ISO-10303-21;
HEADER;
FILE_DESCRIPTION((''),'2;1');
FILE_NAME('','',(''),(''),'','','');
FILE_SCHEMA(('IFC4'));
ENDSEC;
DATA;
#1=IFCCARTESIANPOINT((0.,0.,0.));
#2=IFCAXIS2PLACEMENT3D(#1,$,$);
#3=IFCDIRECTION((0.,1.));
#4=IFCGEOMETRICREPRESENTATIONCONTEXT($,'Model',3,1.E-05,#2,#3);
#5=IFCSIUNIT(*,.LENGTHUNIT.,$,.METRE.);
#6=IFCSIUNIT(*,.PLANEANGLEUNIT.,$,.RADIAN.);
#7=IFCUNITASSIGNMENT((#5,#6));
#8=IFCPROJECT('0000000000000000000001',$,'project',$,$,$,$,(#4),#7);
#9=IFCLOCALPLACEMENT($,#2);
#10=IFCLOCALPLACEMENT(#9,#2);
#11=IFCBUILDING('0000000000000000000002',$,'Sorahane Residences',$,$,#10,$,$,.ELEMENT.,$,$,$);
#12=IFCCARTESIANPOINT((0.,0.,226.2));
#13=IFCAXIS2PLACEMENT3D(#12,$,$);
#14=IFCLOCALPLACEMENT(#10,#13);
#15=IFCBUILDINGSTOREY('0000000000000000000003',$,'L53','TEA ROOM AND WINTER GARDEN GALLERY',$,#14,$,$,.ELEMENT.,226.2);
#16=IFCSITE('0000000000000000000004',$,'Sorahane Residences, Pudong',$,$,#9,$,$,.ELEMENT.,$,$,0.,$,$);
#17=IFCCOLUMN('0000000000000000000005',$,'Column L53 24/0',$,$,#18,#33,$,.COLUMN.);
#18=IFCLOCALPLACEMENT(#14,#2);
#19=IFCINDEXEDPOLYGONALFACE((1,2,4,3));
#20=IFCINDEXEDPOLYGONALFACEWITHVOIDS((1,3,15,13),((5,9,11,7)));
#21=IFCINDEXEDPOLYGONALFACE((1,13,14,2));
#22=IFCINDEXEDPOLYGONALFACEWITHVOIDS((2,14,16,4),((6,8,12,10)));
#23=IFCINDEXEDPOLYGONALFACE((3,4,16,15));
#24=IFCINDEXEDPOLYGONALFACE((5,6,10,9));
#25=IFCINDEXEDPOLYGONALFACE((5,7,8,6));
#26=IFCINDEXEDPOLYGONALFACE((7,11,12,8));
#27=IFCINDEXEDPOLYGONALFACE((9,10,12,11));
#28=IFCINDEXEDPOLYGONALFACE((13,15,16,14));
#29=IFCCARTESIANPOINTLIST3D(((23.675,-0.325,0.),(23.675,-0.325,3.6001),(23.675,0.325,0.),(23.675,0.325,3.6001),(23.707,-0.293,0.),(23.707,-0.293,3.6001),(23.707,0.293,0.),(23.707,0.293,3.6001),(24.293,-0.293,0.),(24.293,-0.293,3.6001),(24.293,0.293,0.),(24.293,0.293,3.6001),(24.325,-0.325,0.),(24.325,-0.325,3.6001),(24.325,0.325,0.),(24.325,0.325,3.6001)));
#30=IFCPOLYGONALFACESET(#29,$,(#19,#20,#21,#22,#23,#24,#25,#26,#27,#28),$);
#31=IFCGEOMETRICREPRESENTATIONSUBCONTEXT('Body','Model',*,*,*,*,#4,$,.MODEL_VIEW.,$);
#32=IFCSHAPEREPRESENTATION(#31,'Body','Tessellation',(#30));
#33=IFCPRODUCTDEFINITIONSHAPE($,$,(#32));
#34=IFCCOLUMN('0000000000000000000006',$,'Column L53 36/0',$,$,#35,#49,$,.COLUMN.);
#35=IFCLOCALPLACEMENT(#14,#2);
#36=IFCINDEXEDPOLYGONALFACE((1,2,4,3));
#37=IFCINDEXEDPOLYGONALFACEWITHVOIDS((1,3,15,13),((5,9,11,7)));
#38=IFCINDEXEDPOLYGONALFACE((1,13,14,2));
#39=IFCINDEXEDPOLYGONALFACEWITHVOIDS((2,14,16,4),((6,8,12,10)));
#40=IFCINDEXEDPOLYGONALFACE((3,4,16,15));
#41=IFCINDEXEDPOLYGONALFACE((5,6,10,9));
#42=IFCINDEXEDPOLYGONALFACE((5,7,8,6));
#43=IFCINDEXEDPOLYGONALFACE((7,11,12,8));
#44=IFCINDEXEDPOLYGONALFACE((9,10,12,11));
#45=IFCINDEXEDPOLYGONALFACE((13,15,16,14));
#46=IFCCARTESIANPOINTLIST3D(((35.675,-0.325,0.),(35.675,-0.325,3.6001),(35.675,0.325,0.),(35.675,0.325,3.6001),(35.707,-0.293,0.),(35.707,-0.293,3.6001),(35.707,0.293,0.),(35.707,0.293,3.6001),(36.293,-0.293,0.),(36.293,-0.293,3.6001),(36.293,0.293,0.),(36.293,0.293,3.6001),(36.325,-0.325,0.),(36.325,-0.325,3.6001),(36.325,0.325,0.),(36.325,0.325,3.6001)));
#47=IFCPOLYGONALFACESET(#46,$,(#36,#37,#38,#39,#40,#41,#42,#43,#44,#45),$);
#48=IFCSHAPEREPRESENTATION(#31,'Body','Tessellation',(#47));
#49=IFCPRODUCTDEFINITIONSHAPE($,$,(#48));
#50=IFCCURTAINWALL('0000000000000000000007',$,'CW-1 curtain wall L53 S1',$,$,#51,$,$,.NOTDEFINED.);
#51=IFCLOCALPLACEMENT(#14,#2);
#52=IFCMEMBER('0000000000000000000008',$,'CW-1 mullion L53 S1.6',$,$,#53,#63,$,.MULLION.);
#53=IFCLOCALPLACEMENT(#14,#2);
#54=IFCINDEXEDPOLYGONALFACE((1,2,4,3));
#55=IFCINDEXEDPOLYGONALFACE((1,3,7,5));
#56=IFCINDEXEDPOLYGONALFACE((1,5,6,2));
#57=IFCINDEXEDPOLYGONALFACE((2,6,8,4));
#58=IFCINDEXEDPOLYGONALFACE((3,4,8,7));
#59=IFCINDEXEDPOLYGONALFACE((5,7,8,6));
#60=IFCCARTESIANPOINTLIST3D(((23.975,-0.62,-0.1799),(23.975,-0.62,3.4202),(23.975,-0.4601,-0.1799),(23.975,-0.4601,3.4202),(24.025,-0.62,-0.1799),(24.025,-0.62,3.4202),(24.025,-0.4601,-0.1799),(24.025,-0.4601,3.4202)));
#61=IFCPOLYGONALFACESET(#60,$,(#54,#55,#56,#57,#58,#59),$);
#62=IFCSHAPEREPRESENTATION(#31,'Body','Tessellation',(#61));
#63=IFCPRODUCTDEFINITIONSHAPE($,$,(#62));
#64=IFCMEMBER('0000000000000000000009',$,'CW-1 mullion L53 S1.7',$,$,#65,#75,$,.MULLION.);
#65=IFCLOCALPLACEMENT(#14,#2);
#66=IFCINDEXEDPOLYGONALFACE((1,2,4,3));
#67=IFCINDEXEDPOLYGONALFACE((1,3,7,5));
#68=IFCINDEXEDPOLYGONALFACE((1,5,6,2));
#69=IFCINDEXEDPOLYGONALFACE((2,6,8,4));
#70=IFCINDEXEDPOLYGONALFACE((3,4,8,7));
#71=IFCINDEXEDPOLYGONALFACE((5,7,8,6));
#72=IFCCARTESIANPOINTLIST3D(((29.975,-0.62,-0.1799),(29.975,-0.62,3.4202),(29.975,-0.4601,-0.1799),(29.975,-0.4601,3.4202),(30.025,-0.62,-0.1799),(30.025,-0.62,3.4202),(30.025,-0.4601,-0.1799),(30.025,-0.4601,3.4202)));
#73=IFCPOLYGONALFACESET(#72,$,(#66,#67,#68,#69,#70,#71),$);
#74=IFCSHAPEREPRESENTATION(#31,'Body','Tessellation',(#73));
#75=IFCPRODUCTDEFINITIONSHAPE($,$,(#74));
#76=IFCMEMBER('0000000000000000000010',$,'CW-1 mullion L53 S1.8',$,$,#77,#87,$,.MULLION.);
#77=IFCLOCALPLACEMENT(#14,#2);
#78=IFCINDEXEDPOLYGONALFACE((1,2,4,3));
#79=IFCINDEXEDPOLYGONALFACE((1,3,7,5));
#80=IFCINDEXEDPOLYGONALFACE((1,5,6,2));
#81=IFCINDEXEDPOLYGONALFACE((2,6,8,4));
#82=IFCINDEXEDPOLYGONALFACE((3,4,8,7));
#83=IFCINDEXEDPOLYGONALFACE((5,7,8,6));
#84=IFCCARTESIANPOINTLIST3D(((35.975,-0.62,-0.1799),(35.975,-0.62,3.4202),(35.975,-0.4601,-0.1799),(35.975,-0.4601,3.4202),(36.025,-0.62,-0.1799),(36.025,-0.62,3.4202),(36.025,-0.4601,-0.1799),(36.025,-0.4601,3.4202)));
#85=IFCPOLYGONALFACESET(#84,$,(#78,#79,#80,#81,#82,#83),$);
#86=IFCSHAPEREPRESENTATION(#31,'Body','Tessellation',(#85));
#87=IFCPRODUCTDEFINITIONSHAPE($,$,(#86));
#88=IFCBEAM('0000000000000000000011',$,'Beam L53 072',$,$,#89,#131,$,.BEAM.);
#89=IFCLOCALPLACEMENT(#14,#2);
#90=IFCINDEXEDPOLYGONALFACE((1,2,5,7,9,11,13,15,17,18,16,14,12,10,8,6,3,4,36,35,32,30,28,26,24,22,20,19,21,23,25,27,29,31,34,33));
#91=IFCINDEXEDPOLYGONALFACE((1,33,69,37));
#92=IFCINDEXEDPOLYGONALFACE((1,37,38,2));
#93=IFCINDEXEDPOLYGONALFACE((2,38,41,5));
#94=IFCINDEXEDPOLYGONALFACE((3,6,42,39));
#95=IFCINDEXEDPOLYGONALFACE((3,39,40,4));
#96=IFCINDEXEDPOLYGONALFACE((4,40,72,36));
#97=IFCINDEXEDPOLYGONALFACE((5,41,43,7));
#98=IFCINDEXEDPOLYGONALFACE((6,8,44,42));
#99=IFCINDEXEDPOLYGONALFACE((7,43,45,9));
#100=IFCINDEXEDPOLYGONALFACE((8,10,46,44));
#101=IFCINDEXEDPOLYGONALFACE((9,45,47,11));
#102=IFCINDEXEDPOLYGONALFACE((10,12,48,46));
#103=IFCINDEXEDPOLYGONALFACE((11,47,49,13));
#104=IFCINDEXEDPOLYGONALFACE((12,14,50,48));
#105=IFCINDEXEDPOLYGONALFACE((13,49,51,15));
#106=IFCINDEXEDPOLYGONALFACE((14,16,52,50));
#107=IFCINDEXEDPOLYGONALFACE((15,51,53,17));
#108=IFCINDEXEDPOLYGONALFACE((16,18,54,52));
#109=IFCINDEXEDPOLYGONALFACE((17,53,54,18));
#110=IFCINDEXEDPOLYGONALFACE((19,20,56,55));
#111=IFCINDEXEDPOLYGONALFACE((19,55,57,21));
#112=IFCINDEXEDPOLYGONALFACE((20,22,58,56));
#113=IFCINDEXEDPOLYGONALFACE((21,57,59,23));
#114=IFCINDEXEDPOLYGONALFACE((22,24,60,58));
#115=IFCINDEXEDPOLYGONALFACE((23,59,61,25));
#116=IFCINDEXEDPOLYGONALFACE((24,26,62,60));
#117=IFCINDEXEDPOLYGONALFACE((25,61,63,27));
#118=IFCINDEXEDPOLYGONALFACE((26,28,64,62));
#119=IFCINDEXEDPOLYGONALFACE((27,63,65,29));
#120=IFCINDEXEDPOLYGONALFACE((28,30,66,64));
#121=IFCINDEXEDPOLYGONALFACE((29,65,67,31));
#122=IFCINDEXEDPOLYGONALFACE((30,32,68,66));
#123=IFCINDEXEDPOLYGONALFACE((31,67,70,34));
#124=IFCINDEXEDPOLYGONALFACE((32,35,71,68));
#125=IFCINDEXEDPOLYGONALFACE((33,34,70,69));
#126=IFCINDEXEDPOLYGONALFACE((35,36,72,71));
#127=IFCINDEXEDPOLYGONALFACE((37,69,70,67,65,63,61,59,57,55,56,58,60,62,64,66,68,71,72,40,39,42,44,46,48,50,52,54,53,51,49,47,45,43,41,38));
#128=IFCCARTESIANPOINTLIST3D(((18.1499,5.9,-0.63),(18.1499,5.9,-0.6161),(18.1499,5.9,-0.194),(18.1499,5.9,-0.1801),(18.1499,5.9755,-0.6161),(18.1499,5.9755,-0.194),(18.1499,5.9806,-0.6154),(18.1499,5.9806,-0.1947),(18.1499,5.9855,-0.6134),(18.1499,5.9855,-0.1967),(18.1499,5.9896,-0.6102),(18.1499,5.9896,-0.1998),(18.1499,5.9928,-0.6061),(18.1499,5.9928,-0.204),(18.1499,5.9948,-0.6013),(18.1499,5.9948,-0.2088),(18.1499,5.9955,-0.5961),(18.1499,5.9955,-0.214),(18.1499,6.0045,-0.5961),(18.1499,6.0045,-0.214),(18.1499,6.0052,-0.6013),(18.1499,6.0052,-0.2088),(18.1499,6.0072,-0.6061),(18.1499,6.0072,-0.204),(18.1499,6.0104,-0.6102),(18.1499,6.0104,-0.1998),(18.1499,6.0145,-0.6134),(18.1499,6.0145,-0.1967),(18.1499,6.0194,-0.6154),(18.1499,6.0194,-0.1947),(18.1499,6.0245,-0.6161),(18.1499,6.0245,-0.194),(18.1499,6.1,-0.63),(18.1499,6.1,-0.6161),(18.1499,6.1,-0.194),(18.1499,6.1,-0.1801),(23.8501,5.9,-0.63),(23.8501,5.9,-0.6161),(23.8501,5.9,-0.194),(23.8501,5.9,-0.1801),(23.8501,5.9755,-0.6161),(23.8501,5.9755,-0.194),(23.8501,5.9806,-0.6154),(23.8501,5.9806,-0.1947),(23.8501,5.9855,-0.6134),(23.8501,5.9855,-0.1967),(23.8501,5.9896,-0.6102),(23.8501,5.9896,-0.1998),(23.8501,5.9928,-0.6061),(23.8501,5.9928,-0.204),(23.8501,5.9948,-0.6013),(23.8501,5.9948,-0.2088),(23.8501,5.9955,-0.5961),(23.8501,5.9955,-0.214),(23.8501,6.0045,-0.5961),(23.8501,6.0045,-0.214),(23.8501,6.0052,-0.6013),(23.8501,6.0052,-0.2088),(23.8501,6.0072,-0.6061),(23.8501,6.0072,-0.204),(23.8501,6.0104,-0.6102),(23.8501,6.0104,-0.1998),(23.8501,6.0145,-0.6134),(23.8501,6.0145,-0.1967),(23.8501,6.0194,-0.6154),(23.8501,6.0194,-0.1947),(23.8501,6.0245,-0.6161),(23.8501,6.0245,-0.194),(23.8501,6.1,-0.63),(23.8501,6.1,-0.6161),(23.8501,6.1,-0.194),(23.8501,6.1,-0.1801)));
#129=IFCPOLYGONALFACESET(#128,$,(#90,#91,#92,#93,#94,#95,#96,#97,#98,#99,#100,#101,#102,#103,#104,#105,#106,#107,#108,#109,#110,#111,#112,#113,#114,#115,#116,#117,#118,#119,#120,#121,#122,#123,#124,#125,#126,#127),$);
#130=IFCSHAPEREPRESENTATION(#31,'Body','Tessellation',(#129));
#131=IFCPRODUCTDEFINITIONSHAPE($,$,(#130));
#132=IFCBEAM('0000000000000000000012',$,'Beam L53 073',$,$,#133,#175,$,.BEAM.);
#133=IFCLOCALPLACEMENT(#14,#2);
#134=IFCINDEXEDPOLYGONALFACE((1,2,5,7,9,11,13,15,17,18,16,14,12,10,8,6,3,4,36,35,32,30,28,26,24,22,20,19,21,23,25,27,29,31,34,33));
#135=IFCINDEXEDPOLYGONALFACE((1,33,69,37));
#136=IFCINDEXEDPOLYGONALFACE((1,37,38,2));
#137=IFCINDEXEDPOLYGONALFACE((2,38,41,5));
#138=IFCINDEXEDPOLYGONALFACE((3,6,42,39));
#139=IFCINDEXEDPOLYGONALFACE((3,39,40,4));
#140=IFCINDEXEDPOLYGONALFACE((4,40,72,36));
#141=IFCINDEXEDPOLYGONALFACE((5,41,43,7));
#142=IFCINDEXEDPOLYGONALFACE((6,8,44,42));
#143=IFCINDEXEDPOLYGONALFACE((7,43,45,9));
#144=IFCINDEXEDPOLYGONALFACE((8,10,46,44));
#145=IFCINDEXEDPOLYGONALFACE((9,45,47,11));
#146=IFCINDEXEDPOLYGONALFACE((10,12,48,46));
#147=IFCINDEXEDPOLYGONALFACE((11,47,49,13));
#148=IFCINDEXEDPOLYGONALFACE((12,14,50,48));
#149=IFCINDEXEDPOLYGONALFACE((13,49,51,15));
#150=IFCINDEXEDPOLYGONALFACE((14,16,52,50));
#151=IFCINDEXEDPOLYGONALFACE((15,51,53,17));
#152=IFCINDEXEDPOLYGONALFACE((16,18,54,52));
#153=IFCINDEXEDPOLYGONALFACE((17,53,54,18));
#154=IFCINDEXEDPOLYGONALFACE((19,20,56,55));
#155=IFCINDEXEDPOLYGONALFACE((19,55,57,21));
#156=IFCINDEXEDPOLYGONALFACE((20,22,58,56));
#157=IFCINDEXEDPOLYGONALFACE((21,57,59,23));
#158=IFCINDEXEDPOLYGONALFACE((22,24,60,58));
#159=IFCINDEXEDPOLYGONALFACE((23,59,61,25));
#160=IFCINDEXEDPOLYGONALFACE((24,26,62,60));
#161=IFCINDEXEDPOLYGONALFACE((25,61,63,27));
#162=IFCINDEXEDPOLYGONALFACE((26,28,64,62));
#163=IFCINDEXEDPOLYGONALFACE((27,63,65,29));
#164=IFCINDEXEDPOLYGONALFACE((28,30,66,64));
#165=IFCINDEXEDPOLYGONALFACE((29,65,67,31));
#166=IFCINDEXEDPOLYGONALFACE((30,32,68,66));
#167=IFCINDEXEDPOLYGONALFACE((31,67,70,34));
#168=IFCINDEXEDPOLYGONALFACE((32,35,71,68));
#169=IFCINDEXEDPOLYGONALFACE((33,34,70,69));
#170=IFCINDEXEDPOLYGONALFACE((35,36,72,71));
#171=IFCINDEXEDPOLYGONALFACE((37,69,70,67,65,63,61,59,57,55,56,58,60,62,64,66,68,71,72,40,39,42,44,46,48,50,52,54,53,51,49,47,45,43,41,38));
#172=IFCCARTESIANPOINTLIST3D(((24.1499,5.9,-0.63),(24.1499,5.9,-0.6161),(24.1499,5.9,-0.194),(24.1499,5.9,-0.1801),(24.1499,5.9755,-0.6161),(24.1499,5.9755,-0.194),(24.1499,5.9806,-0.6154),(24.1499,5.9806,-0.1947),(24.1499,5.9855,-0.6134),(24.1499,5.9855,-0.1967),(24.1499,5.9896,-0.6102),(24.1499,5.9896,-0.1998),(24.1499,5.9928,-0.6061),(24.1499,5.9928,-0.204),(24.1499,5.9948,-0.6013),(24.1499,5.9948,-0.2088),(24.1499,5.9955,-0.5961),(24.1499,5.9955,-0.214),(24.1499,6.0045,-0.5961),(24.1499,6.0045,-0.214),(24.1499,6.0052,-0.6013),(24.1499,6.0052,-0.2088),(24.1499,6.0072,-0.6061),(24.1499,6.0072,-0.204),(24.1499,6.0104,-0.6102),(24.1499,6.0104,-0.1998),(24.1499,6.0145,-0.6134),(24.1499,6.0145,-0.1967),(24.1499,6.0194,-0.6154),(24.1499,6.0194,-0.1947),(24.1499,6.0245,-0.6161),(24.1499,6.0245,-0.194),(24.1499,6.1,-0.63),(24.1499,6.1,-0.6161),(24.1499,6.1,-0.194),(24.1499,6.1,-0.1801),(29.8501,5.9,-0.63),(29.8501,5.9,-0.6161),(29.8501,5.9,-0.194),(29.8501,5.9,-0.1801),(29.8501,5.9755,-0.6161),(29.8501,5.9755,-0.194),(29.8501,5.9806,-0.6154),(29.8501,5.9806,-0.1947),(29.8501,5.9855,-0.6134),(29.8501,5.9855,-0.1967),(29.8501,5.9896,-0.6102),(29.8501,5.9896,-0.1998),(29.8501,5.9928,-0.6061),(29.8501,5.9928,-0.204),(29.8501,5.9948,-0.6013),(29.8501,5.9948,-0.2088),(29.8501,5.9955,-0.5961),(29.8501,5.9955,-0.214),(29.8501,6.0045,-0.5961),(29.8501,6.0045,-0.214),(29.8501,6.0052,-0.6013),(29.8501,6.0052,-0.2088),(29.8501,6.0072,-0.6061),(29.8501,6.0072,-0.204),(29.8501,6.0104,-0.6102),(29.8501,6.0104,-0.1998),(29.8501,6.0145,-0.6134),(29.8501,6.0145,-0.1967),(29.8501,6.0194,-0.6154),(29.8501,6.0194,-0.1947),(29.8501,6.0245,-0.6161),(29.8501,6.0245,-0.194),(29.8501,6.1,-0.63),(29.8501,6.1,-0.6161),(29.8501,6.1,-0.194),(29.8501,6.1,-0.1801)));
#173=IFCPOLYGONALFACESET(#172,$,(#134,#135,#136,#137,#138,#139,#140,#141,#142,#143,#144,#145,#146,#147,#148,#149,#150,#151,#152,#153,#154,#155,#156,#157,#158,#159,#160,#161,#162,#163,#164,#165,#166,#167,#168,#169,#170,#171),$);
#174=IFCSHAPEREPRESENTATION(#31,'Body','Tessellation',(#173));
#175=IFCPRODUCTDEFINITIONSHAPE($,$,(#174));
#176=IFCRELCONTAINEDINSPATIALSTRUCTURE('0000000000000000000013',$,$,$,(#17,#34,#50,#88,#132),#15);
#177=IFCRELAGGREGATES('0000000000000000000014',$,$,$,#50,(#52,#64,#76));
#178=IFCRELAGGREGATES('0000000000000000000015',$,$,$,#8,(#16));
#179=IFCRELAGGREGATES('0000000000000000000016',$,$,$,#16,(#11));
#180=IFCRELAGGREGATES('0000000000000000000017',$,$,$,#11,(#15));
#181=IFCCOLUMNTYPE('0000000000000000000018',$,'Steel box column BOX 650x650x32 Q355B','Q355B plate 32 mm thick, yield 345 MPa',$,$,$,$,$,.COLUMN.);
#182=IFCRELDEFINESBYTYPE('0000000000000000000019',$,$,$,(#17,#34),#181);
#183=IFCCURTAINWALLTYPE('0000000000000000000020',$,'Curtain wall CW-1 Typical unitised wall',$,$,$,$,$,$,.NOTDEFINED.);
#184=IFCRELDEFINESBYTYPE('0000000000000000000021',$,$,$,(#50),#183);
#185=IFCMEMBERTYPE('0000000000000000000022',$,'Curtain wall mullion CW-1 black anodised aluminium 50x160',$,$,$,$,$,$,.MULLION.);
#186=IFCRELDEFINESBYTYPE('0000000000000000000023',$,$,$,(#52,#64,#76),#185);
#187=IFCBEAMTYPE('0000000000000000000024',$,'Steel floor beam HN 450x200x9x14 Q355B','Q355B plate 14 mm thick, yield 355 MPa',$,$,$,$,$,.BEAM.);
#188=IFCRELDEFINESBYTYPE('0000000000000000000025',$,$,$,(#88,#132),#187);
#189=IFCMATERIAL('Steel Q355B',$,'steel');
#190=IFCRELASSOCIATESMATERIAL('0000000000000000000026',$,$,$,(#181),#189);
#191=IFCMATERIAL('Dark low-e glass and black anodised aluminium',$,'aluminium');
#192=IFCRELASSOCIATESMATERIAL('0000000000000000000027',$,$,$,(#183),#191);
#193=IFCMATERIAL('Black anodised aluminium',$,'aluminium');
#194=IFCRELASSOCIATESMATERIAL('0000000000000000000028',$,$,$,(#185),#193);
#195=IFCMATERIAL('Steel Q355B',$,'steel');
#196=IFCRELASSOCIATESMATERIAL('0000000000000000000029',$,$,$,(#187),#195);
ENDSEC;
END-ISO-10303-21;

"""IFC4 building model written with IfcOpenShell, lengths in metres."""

from ifc_helpers import new_model, si_unit, direction, frame, origin, origin_2d, place, context, subcontext, project, spatial, rectangle, hollow_rectangle, i_section, extrude, material, material_profile, profile_set, type_object, element, aggregate, save


model = new_model("IFC4")

# Units and contexts
model_context = context("Model", 3, precision=1e-05, world=origin(), true_north=direction((0.0, 1.0)))
body_context = subcontext(model_context, "Body", "Model", "MODEL_VIEW")
ifc_project = project(units=[si_unit("LENGTHUNIT", "METRE"), si_unit("PLANEANGLEUNIT", "RADIAN")], contexts=[model_context])

# Site, building, storey
site_placement = place(None, origin())
site = spatial("IfcSite", under=ifc_project, at=site_placement, Name="Sorahane Residences, Pudong", CompositionType="ELEMENT", RefElevation=0.0)
building_placement = place(site_placement, origin())
building = spatial("IfcBuilding", under=site, at=building_placement, Name="Sorahane Residences", CompositionType="ELEMENT")
storey_placement = place(building_placement, frame((0.0, 0.0, 226.2)))
storey = spatial("IfcBuildingStorey", under=building, at=storey_placement, Name="L53", Description="TEA ROOM AND WINTER GARDEN GALLERY", CompositionType="ELEMENT", Elevation=226.2)

# Columns
ifc_material_1 = material(Name="Steel Q355B", Category="steel")
ifc_material_profile_1 = material_profile(ifc_material_1, hollow_rectangle(XDim=0.6499, YDim=0.6499, WallThickness=0.032, at=origin_2d()), Name="BOX 650x650x32")
ifc_profile_set_1 = profile_set([ifc_material_profile_1], Name="Steel Q355B")
column_type = type_object("IfcColumnType", Name="Steel box column BOX 650x650x32 Q355B", Description="Q355B plate 32 mm thick, yield 345 MPa", PredefinedType="COLUMN", material=ifc_profile_set_1)
for number, where, z_axis, x_axis, name in (
    (1, (24.0, 0.0, 0.0), (0.0, 0.0, 1.0), (1.0, 0.0, 0.0), "Column L53 24/0"),
    (2, (36.0, 0.0, 0.0), (0.0, 0.0, 1.0), (1.0, 0.0, 0.0), "Column L53 36/0"),
):
    element("IfcColumn", number, at=place(storey_placement, frame(where, z_axis=z_axis, x_axis=x_axis)), inside=storey, type_object=column_type, Name=name, PredefinedType="COLUMN", context=body_context, shape_type="SweptSolid", body=[
        extrude(hollow_rectangle(XDim=0.6499, YDim=0.6499, WallThickness=0.032, at=origin_2d()), origin(), (0.0, 0.0, 1.0), 3.6001),
    ])

# Curtain wall, members
ifc_material_2 = material(Name="Dark low-e glass and black anodised aluminium", Category="aluminium")
curtain_wall_type = type_object("IfcCurtainWallType", Name="Curtain wall CW-1 Typical unitised wall", PredefinedType="NOTDEFINED", material=ifc_material_2)
curtain_wall_placement = place(storey_placement, origin())
curtain_wall = element("IfcCurtainWall", 3, at=curtain_wall_placement, inside=storey, type_object=curtain_wall_type, Name="CW-1 curtain wall L53 S1", PredefinedType="NOTDEFINED")
ifc_material_3 = material(Name="Black anodised aluminium", Category="aluminium")
ifc_material_profile_2 = material_profile(ifc_material_3, rectangle(XDim=0.1599, YDim=0.05, at=origin_2d()), Name="Curtain wall mullion CW-1 black anodised aluminium 50x160")
ifc_profile_set_2 = profile_set([ifc_material_profile_2], Name="Black anodised aluminium")
member_type = type_object("IfcMemberType", Name="Curtain wall mullion CW-1 black anodised aluminium 50x160", PredefinedType="MULLION", material=ifc_profile_set_2)
member_1_placement = place(storey_placement, frame((24.0, -0.54, -0.1799), z_axis=(0.0, 0.0, 1.0), x_axis=(0.0, -1.0, 0.0)))
member_1 = element("IfcMember", 4, at=member_1_placement, type_object=member_type, Name="CW-1 mullion L53 S1.6", PredefinedType="MULLION", context=body_context, shape_type="SweptSolid", body=[
    extrude(rectangle(XDim=0.1599, YDim=0.05, at=origin_2d()), origin(), (0.0, 0.0, 1.0), 3.6001),
])
member_2_placement = place(storey_placement, frame((30.0, -0.54, -0.1799), z_axis=(0.0, 0.0, 1.0), x_axis=(0.0, -1.0, 0.0)))
member_2 = element("IfcMember", 5, at=member_2_placement, type_object=member_type, Name="CW-1 mullion L53 S1.7", PredefinedType="MULLION", context=body_context, shape_type="SweptSolid", body=[
    extrude(rectangle(XDim=0.1599, YDim=0.05, at=origin_2d()), origin(), (0.0, 0.0, 1.0), 3.6001),
])
member_3_placement = place(storey_placement, frame((36.0, -0.54, -0.1799), z_axis=(0.0, 0.0, 1.0), x_axis=(0.0, -1.0, 0.0)))
member_3 = element("IfcMember", 6, at=member_3_placement, type_object=member_type, Name="CW-1 mullion L53 S1.8", PredefinedType="MULLION", context=body_context, shape_type="SweptSolid", body=[
    extrude(rectangle(XDim=0.1599, YDim=0.05, at=origin_2d()), origin(), (0.0, 0.0, 1.0), 3.6001),
])

# Beams
ifc_material_4 = material(Name="Steel Q355B", Category="steel")
ifc_material_profile_3 = material_profile(ifc_material_4, i_section(OverallWidth=0.2, OverallDepth=0.45, WebThickness=0.009, FlangeThickness=0.0139, FilletRadius=0.02, at=origin_2d()), Name="HN 450x200x9x14")
ifc_profile_set_3 = profile_set([ifc_material_profile_3], Name="Steel Q355B")
beam_type_1 = type_object("IfcBeamType", Name="Steel floor beam HN 450x200x9x14 Q355B", Description="Q355B plate 14 mm thick, yield 355 MPa", PredefinedType="BEAM", material=ifc_profile_set_3)
for number, where, z_axis, x_axis, name in (
    (7, (18.1499, 6.0, -0.405), (1.0, 0.0, 0.0), (0.0, 1.0, 0.0), "Beam L53 072"),
    (8, (24.1499, 6.0, -0.405), (1.0, 0.0, 0.0), (0.0, 1.0, 0.0), "Beam L53 073"),
):
    element("IfcBeam", number, at=place(storey_placement, frame(where, z_axis=z_axis, x_axis=x_axis)), inside=storey, type_object=beam_type_1, Name=name, PredefinedType="BEAM", context=body_context, shape_type="SweptSolid", body=[
        extrude(i_section(OverallWidth=0.2, OverallDepth=0.45, WebThickness=0.009, FlangeThickness=0.0139, FilletRadius=0.02, at=origin_2d()), origin(), (0.0, 0.0, 1.0), 5.7002),
    ])

aggregate(curtain_wall, [member_1, member_2, member_3])

save(model, "model.ifc")
